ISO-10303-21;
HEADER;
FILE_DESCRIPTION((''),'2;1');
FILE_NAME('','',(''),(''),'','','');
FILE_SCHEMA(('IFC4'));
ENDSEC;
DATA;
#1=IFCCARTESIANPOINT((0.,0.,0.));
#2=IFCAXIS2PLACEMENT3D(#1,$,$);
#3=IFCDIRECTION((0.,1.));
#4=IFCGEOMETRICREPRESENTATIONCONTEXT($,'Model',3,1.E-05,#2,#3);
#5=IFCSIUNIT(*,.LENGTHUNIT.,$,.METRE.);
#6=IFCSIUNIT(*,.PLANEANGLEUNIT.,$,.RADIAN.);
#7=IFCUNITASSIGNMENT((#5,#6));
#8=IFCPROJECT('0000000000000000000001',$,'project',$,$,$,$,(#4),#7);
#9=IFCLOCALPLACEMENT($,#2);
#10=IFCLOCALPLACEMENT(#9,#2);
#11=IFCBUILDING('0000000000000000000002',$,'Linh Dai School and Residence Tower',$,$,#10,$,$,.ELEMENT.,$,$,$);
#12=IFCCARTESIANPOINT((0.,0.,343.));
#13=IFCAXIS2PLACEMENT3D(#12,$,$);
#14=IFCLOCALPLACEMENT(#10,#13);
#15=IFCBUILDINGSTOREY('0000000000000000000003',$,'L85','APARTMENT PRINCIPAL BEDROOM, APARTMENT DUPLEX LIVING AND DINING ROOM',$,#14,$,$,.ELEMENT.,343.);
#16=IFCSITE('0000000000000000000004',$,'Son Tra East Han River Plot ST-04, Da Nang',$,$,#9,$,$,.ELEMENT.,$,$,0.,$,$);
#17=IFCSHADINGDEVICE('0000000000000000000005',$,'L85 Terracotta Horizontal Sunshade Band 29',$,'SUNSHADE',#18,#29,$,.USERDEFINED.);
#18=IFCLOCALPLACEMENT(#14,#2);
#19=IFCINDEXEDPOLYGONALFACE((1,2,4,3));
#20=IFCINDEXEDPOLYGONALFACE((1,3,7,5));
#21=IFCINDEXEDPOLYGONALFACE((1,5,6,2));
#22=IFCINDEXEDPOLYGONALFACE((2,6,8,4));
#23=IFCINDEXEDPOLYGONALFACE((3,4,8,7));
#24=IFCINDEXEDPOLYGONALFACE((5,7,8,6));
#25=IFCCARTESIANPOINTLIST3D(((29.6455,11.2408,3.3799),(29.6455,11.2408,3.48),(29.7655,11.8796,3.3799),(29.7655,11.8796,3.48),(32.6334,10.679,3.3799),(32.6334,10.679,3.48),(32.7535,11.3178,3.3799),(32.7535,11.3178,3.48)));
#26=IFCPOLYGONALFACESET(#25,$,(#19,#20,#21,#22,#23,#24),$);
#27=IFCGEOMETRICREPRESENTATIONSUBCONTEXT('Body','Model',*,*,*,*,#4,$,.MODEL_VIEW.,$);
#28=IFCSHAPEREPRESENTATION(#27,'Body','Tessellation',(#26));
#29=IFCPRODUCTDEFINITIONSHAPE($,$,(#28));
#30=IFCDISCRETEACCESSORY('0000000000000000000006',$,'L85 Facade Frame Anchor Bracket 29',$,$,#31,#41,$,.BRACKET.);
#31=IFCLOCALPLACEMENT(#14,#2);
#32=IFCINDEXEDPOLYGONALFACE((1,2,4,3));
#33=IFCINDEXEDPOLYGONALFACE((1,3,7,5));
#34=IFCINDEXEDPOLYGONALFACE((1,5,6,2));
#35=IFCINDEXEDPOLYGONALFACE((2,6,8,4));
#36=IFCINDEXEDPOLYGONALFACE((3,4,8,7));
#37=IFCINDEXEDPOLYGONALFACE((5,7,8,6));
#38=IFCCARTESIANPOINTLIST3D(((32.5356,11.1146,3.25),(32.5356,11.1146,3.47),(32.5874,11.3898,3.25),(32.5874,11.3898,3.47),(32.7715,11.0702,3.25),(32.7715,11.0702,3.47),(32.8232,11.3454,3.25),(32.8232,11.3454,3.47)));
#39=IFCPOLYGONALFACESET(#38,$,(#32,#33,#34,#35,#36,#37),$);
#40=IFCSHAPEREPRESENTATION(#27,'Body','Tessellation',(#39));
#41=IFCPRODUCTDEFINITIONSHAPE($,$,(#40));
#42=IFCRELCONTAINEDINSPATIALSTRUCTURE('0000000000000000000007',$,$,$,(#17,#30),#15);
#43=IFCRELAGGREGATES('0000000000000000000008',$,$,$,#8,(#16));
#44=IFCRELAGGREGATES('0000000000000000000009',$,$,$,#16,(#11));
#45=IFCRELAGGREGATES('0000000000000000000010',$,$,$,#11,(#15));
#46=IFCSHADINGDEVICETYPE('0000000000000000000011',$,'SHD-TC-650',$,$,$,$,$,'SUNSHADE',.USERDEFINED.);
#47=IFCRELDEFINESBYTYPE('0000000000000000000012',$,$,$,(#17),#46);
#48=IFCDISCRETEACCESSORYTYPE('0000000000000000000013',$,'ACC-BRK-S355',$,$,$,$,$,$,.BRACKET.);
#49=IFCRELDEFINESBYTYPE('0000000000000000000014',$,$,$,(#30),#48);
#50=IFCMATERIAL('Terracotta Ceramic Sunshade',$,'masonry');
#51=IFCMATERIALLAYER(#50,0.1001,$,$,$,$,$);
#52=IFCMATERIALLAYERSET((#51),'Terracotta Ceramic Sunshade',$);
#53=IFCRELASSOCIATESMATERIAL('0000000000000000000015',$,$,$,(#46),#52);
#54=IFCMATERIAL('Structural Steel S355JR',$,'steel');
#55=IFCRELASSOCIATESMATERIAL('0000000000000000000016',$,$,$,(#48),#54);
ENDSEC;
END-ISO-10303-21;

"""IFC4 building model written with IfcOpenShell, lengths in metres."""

from ifc_helpers import new_model, si_unit, direction, frame, origin, origin_2d, place, context, subcontext, project, spatial, rectangle, extrude, source, transform, mapped, material, layer, layer_set, type_object, element, save


model = new_model("IFC4")

# Units and contexts
model_context = context("Model", 3, precision=1e-05, world=origin(), true_north=direction((0.0, 1.0)))
body_context = subcontext(model_context, "Body", "Model", "MODEL_VIEW")
ifc_project = project(units=[si_unit("LENGTHUNIT", "METRE"), si_unit("PLANEANGLEUNIT", "RADIAN")], contexts=[model_context])

# Site, building, storey
site_placement = place(None, origin())
site = spatial("IfcSite", under=ifc_project, at=site_placement, Name="Son Tra East Han River Plot ST-04, Da Nang", CompositionType="ELEMENT", RefElevation=0.0)
building_placement = place(site_placement, origin())
building = spatial("IfcBuilding", under=site, at=building_placement, Name="Linh Dai School and Residence Tower", CompositionType="ELEMENT")
storey_placement = place(building_placement, frame((0.0, 0.0, 343.0)))
storey = spatial("IfcBuildingStorey", under=building, at=storey_placement, Name="L85", Description="APARTMENT PRINCIPAL BEDROOM, APARTMENT DUPLEX LIVING AND DINING ROOM", CompositionType="ELEMENT", Elevation=343.0)

# Shared definitions
ifc_material_1 = material(Name="Structural Steel S355JR", Category="steel")

# Shading device
ifc_material_2 = material(Name="Terracotta Ceramic Sunshade", Category="masonry")
ifc_layer_1 = layer(ifc_material_2, 0.1001)
ifc_layer_set_1 = layer_set([ifc_layer_1], Name="Terracotta Ceramic Sunshade")
shading_device_type = type_object("IfcShadingDeviceType", Name="SHD-TC-650", ElementType="SUNSHADE", PredefinedType="USERDEFINED", material=ifc_layer_set_1)
shared_shape_1 = source(origin(), body_context, "Body", "SweptSolid", [
    extrude(rectangle(XDim=3.0403, YDim=0.6499, at=origin_2d()), origin(), (0.0, 0.0, 1.0), 0.1001),
])
shading_device_placement = place(storey_placement, frame((31.1995, 11.2793, 3.3799), z_axis=(0.0, 0.0, 1.0), x_axis=(-0.982779, 0.184785, 0.0)))
element("IfcShadingDevice", 1, at=shading_device_placement, inside=storey, type_object=shading_device_type, Name="L85 Terracotta Horizontal Sunshade Band 29", ObjectType="SUNSHADE", PredefinedType="USERDEFINED", context=body_context, shape_type="MappedRepresentation", body=[
    mapped(shared_shape_1, transform((0.0, 0.0, 0.0), x_axis=(1.0, 0.0, 0.0), y_axis=(0.0, 1.0, 0.0), z_axis=(0.0, 0.0, 1.0), scale=1.0)),
])

# Discrete accessory
discrete_accessory_type = type_object("IfcDiscreteAccessoryType", Name="ACC-BRK-S355", PredefinedType="BRACKET", material=ifc_material_1)
shared_shape_2 = source(origin(), body_context, "Body", "SweptSolid", [
    extrude(rectangle(XDim=0.28, YDim=0.24, at=origin_2d()), origin(), (0.0, 0.0, 1.0), 0.22),
])
discrete_accessory_placement = place(storey_placement, frame((32.6794, 11.23, 3.25), z_axis=(0.0, 0.0, 1.0), x_axis=(-0.184785, -0.982779, 0.0)))
element("IfcDiscreteAccessory", 2, at=discrete_accessory_placement, inside=storey, type_object=discrete_accessory_type, Name="L85 Facade Frame Anchor Bracket 29", PredefinedType="BRACKET", context=body_context, shape_type="MappedRepresentation", body=[
    mapped(shared_shape_2, transform((0.0, 0.0, 0.0), x_axis=(1.0, 0.0, 0.0), y_axis=(0.0, 1.0, 0.0), z_axis=(0.0, 0.0, 1.0), scale=1.0)),
])

save(model, "model.ifc")
